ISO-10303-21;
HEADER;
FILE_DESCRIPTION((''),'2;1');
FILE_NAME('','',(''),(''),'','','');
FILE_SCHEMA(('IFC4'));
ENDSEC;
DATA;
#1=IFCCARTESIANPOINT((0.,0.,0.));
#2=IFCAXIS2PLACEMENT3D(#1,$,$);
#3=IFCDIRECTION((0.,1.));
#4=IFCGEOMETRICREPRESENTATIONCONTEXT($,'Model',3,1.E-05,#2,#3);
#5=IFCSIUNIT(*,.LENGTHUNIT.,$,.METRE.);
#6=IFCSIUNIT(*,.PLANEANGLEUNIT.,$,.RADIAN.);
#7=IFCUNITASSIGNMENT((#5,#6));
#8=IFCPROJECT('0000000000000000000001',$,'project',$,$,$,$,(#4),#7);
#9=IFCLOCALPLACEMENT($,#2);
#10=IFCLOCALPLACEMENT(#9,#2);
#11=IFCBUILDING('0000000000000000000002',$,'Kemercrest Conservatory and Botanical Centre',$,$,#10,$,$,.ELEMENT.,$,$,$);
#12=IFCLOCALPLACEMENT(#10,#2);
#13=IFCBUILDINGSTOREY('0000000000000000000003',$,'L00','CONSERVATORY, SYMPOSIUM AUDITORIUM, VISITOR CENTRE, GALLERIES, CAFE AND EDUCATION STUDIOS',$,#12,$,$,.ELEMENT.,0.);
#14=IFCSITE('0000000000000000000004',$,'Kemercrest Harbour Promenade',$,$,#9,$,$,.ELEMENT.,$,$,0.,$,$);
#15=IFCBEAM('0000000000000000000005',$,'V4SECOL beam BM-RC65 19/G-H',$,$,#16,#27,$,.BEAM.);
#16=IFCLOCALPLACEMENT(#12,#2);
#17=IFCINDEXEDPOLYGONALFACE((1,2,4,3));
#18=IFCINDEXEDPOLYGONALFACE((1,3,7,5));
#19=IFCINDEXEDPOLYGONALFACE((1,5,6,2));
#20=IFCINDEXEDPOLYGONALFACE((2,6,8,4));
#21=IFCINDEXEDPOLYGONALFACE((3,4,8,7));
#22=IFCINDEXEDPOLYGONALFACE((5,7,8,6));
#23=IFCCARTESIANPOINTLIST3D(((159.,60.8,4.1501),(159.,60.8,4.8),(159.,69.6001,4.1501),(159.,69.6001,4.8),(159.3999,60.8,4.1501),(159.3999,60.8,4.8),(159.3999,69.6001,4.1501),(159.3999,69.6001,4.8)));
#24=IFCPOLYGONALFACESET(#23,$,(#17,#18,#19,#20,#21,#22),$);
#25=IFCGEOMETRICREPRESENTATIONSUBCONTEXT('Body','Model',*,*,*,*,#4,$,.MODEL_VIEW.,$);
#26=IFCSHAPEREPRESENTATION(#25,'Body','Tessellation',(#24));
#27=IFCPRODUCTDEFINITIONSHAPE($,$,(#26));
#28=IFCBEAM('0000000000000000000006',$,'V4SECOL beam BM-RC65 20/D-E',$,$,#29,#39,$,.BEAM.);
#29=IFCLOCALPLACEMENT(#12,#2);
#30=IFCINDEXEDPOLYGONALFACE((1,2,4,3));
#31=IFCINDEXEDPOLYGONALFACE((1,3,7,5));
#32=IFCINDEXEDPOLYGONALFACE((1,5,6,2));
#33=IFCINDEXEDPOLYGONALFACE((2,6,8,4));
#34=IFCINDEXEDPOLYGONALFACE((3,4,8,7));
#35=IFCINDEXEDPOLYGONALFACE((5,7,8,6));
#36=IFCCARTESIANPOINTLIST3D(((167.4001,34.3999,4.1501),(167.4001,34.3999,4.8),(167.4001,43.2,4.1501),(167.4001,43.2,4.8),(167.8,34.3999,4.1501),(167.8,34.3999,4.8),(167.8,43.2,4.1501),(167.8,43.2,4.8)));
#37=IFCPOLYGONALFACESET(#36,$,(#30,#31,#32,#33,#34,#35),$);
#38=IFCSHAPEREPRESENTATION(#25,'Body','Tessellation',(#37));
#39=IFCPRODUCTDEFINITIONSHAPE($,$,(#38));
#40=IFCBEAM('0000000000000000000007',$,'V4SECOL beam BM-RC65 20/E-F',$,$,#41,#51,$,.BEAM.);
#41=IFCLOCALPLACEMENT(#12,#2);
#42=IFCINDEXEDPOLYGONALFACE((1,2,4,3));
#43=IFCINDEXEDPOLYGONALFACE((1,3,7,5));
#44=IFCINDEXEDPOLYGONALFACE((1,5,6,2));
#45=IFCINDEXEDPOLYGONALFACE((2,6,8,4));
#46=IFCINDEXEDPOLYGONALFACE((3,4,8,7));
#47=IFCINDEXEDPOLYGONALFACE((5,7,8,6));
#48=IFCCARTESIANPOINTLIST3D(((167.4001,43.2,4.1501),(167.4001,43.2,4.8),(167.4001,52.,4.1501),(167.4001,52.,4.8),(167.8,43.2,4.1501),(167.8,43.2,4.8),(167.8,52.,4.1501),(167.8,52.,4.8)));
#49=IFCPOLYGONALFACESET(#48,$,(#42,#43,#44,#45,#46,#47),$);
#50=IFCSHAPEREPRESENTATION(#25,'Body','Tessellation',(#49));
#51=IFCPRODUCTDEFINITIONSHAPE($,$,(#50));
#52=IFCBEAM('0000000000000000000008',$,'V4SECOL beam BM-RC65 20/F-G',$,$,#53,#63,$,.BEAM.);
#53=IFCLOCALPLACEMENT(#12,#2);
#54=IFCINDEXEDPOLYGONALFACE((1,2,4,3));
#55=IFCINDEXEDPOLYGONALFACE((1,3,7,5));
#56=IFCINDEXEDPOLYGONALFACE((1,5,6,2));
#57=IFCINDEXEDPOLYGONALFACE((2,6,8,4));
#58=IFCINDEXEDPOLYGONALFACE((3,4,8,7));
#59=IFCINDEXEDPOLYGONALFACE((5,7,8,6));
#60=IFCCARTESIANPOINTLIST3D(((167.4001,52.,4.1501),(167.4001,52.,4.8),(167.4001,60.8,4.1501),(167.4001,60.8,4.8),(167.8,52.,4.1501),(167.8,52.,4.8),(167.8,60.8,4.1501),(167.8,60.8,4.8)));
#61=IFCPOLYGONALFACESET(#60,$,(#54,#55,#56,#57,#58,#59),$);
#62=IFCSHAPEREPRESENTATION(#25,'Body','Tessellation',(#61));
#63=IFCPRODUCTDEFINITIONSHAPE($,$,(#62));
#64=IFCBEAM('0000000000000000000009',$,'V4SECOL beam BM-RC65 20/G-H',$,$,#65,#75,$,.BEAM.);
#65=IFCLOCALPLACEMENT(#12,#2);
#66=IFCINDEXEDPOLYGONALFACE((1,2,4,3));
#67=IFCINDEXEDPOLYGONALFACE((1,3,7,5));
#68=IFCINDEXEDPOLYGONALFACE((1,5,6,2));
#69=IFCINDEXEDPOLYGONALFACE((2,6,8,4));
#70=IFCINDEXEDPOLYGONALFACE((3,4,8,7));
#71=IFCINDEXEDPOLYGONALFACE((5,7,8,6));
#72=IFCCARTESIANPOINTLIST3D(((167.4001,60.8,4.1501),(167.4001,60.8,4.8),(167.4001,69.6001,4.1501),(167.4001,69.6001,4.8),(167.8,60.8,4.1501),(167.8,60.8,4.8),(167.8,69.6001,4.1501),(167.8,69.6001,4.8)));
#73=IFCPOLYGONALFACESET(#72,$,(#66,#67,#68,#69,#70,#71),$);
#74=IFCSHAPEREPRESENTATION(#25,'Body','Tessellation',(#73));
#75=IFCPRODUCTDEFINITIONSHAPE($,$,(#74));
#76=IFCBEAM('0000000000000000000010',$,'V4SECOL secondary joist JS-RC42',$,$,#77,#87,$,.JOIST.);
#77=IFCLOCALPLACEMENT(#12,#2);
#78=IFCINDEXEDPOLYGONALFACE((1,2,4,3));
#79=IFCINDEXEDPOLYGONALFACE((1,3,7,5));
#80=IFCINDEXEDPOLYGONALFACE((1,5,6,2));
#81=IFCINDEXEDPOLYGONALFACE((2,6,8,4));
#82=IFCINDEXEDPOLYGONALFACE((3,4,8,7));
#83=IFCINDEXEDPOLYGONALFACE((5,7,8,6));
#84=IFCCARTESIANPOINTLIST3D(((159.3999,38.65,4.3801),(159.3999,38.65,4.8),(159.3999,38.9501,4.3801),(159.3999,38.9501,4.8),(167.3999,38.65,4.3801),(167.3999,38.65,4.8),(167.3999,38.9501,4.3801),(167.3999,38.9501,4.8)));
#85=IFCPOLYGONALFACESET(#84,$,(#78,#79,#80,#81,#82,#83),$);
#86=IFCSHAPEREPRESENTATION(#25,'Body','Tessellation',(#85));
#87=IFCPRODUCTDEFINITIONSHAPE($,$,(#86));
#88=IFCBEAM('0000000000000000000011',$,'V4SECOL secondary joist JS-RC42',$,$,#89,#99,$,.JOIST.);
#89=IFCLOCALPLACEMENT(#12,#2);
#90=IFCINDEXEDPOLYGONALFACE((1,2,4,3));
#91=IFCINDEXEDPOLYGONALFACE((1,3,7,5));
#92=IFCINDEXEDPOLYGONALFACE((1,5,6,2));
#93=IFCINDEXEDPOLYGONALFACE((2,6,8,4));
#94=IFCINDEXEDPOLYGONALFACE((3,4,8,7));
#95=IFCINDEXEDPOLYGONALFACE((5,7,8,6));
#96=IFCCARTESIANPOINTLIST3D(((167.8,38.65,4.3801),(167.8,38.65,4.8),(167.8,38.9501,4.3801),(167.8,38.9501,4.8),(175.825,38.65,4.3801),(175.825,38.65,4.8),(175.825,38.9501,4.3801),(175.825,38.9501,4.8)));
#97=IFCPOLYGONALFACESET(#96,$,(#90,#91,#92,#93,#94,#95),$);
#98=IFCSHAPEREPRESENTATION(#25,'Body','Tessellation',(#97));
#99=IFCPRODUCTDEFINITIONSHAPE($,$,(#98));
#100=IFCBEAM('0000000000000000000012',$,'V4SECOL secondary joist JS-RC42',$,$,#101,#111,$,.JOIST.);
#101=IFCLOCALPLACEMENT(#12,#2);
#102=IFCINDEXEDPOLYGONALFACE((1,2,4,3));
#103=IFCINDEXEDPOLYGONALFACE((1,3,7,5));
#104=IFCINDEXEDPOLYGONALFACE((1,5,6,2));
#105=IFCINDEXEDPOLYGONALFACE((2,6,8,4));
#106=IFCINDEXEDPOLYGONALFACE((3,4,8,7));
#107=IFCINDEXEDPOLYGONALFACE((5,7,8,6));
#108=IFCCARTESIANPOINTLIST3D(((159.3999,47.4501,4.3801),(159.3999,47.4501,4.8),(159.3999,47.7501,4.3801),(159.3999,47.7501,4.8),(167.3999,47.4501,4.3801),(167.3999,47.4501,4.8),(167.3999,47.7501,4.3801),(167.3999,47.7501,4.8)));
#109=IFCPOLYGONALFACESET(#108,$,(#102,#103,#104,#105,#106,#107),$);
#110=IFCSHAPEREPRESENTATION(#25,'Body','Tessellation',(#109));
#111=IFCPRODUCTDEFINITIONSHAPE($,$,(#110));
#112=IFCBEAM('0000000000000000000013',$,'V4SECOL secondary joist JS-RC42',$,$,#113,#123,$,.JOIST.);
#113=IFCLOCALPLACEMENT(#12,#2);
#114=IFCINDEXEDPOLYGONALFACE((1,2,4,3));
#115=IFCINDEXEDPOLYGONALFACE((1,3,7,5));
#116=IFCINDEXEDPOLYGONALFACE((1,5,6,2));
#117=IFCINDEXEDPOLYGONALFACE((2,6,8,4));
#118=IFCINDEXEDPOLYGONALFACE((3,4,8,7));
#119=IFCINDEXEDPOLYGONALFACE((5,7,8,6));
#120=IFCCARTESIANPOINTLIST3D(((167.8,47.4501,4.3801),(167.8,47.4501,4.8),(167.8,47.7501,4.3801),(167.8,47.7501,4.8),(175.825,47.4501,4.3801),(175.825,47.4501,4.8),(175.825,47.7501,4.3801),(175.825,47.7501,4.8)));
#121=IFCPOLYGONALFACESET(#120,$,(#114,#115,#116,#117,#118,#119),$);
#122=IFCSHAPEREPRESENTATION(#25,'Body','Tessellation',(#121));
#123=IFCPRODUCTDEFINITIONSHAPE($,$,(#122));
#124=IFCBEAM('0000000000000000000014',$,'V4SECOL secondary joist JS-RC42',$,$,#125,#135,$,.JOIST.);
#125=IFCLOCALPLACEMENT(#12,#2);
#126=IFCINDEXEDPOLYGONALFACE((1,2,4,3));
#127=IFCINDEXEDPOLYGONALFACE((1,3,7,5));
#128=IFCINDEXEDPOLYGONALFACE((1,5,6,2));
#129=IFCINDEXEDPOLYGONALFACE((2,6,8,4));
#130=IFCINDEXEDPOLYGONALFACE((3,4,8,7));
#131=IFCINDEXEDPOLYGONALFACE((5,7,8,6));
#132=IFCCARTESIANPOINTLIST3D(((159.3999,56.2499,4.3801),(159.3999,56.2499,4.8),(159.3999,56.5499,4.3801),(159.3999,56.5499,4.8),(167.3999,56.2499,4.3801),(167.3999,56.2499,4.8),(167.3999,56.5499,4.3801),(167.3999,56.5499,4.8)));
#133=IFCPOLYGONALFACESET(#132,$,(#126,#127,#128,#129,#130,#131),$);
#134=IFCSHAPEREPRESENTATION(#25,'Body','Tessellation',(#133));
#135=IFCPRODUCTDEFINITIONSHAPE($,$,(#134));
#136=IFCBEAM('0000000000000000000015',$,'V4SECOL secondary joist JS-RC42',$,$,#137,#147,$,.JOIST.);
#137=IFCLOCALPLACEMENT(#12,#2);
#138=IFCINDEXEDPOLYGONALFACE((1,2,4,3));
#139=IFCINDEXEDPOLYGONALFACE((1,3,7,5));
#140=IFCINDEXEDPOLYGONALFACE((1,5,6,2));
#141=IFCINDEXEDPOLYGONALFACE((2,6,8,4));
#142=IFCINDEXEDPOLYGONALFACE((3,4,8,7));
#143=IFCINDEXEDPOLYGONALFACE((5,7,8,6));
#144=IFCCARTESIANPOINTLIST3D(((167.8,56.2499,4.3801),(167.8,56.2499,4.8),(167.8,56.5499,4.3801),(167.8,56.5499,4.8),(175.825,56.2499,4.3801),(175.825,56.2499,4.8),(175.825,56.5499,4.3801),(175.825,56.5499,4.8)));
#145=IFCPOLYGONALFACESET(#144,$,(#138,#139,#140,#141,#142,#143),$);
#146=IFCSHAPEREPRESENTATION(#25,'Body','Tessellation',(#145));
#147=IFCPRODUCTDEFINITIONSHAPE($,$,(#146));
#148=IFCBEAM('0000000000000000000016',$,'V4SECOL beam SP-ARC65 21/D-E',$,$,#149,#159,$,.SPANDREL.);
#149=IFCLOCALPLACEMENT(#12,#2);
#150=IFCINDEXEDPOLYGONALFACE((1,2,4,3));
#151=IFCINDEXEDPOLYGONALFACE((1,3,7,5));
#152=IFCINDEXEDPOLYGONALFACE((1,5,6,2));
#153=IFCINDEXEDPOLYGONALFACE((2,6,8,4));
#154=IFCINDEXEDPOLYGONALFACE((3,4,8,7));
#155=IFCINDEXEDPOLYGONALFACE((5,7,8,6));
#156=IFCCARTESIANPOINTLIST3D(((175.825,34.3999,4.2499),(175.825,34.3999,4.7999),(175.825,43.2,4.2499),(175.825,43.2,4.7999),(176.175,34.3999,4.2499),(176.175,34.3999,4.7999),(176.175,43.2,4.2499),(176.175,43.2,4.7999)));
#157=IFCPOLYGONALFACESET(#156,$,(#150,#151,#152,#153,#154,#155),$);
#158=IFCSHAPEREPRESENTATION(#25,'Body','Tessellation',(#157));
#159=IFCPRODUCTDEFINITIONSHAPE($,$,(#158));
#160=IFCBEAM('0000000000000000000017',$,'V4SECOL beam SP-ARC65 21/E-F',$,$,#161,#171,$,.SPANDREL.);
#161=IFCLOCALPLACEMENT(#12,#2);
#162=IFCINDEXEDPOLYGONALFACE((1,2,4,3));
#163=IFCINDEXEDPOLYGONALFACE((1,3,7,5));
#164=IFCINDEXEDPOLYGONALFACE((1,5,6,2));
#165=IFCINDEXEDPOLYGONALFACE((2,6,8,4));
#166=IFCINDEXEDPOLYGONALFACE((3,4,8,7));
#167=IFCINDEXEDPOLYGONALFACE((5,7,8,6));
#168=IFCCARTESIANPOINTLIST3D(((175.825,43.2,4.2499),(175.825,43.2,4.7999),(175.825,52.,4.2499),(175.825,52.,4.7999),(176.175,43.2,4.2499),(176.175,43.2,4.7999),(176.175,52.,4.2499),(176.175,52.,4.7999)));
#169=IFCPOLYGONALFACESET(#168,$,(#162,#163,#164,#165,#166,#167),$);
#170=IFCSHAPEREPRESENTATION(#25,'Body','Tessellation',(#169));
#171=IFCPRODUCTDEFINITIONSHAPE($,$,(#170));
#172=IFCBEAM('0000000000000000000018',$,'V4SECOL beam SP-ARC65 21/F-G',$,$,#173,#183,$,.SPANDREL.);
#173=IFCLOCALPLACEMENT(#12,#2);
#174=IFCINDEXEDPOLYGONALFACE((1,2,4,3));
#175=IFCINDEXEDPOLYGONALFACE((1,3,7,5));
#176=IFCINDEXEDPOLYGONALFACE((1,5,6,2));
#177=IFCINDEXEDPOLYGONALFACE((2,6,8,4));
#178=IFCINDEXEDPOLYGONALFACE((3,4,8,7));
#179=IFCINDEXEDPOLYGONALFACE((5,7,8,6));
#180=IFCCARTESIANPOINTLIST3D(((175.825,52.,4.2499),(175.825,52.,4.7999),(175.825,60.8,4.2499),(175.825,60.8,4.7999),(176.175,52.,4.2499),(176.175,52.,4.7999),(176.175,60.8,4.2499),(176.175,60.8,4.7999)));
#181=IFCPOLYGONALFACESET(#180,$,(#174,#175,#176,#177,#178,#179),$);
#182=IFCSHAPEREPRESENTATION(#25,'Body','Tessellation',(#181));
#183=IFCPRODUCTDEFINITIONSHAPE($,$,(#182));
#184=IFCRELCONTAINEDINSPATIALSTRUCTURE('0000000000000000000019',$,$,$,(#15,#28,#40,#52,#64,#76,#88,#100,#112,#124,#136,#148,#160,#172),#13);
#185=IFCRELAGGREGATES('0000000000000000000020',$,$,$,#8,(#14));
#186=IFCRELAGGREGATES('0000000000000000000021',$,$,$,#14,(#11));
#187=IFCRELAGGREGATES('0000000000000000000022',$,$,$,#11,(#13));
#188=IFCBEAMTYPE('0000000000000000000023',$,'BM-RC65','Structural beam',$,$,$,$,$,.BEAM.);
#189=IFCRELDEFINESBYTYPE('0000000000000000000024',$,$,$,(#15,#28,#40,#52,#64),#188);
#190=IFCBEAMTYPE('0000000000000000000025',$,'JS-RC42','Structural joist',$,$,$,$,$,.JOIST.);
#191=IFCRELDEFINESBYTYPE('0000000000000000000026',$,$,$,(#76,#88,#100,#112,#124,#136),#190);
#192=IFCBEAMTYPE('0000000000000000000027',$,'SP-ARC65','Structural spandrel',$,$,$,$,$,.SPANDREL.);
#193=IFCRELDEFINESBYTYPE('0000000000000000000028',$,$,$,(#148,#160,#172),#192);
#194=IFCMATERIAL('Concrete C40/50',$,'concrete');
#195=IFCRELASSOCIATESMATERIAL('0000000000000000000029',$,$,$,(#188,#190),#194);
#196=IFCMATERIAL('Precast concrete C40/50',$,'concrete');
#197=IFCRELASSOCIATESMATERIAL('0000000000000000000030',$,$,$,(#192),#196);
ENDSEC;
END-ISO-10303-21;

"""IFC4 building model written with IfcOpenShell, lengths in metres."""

from ifc_helpers import new_model, si_unit, direction, frame, origin, origin_2d, place, context, subcontext, project, spatial, rectangle, extrude, material, material_profile, profile_set, type_object, element, save


model = new_model("IFC4")

# Units and contexts
model_context = context("Model", 3, precision=1e-05, world=origin(), true_north=direction((0.0, 1.0)))
body_context = subcontext(model_context, "Body", "Model", "MODEL_VIEW")
ifc_project = project(units=[si_unit("LENGTHUNIT", "METRE"), si_unit("PLANEANGLEUNIT", "RADIAN")], contexts=[model_context])

# Site, building, storey
site_placement = place(None, origin())
site = spatial("IfcSite", under=ifc_project, at=site_placement, Name="Kemercrest Harbour Promenade", CompositionType="ELEMENT", RefElevation=0.0)
building_placement = place(site_placement, origin())
building = spatial("IfcBuilding", under=site, at=building_placement, Name="Kemercrest Conservatory and Botanical Centre", CompositionType="ELEMENT")
storey_placement = place(building_placement, origin())
storey = spatial("IfcBuildingStorey", under=building, at=storey_placement, Name="L00", Description="CONSERVATORY, SYMPOSIUM AUDITORIUM, VISITOR CENTRE, GALLERIES, CAFE AND EDUCATION STUDIOS", CompositionType="ELEMENT", Elevation=0.0)

# Shared definitions
ifc_material_1 = material(Name="Concrete C40/50", Category="concrete")
ifc_material_2 = material(Name="Precast concrete C40/50", Category="concrete")

# Beams
ifc_material_profile_1 = material_profile(ifc_material_1, rectangle(XDim=0.3999, YDim=0.6499, at=origin_2d()), Name="RC 400x650")
ifc_profile_set_1 = profile_set([ifc_material_profile_1], Name="Concrete C40/50")
beam_type_1 = type_object("IfcBeamType", Name="BM-RC65", Description="Structural beam", PredefinedType="BEAM", material=ifc_profile_set_1)
for number, where, z_axis, x_axis, name in (
    (1, (159.2, 60.8, 4.4751), (0.0, 1.0, 0.0), (-1.0, 0.0, 0.0), "V4SECOL beam BM-RC65 19/G-H"),
    (2, (167.6001, 34.3999, 4.4751), (0.0, 1.0, 0.0), (-1.0, 0.0, 0.0), "V4SECOL beam BM-RC65 20/D-E"),
    (3, (167.6001, 43.2, 4.4751), (0.0, 1.0, 0.0), (-1.0, 0.0, 0.0), "V4SECOL beam BM-RC65 20/E-F"),
    (4, (167.6001, 52.0, 4.4751), (0.0, 1.0, 0.0), (-1.0, 0.0, 0.0), "V4SECOL beam BM-RC65 20/F-G"),
    (5, (167.6001, 60.8, 4.4751), (0.0, 1.0, 0.0), (-1.0, 0.0, 0.0), "V4SECOL beam BM-RC65 20/G-H"),
):
    element("IfcBeam", number, at=place(storey_placement, frame(where, z_axis=z_axis, x_axis=x_axis)), inside=storey, type_object=beam_type_1, Name=name, PredefinedType="BEAM", context=body_context, shape_type="SweptSolid", body=[
        extrude(rectangle(XDim=0.3999, YDim=0.6499, at=origin_2d()), origin(), (0.0, 0.0, 1.0), 8.8),
    ])
ifc_material_profile_2 = material_profile(ifc_material_1, rectangle(XDim=0.3, YDim=0.4199, at=origin_2d()), Name="RC 300x420")
ifc_profile_set_2 = profile_set([ifc_material_profile_2], Name="Concrete C40/50")
beam_type_2 = type_object("IfcBeamType", Name="JS-RC42", Description="Structural joist", PredefinedType="JOIST", material=ifc_profile_set_2)
beam_1_placement = place(storey_placement, frame((159.3999, 38.8, 4.5901), z_axis=(1.0, 0.0, 0.0), x_axis=(0.0, 1.0, 0.0)))
element("IfcBeam", 6, at=beam_1_placement, inside=storey, type_object=beam_type_2, Name="V4SECOL secondary joist JS-RC42", PredefinedType="JOIST", context=body_context, shape_type="SweptSolid", body=[
    extrude(rectangle(XDim=0.3, YDim=0.4199, at=origin_2d()), origin(), (0.0, 0.0, 1.0), 8.0),
])
beam_2_placement = place(storey_placement, frame((167.8, 38.8, 4.5901), z_axis=(1.0, 0.0, 0.0), x_axis=(0.0, 1.0, 0.0)))
element("IfcBeam", 7, at=beam_2_placement, inside=storey, type_object=beam_type_2, Name="V4SECOL secondary joist JS-RC42", PredefinedType="JOIST", context=body_context, shape_type="SweptSolid", body=[
    extrude(rectangle(XDim=0.3, YDim=0.4199, at=origin_2d()), origin(), (0.0, 0.0, 1.0), 8.0249),
])
beam_3_placement = place(storey_placement, frame((159.3999, 47.6001, 4.5901), z_axis=(1.0, 0.0, 0.0), x_axis=(0.0, 1.0, 0.0)))
element("IfcBeam", 8, at=beam_3_placement, inside=storey, type_object=beam_type_2, Name="V4SECOL secondary joist JS-RC42", PredefinedType="JOIST", context=body_context, shape_type="SweptSolid", body=[
    extrude(rectangle(XDim=0.3, YDim=0.4199, at=origin_2d()), origin(), (0.0, 0.0, 1.0), 8.0),
])
beam_4_placement = place(storey_placement, frame((167.8, 47.6001, 4.5901), z_axis=(1.0, 0.0, 0.0), x_axis=(0.0, 1.0, 0.0)))
element("IfcBeam", 9, at=beam_4_placement, inside=storey, type_object=beam_type_2, Name="V4SECOL secondary joist JS-RC42", PredefinedType="JOIST", context=body_context, shape_type="SweptSolid", body=[
    extrude(rectangle(XDim=0.3, YDim=0.4199, at=origin_2d()), origin(), (0.0, 0.0, 1.0), 8.0249),
])
beam_5_placement = place(storey_placement, frame((159.3999, 56.3999, 4.5901), z_axis=(1.0, 0.0, 0.0), x_axis=(0.0, 1.0, 0.0)))
element("IfcBeam", 10, at=beam_5_placement, inside=storey, type_object=beam_type_2, Name="V4SECOL secondary joist JS-RC42", PredefinedType="JOIST", context=body_context, shape_type="SweptSolid", body=[
    extrude(rectangle(XDim=0.3, YDim=0.4199, at=origin_2d()), origin(), (0.0, 0.0, 1.0), 8.0),
])
beam_6_placement = place(storey_placement, frame((167.8, 56.3999, 4.5901), z_axis=(1.0, 0.0, 0.0), x_axis=(0.0, 1.0, 0.0)))
element("IfcBeam", 11, at=beam_6_placement, inside=storey, type_object=beam_type_2, Name="V4SECOL secondary joist JS-RC42", PredefinedType="JOIST", context=body_context, shape_type="SweptSolid", body=[
    extrude(rectangle(XDim=0.3, YDim=0.4199, at=origin_2d()), origin(), (0.0, 0.0, 1.0), 8.0249),
])
ifc_material_profile_3 = material_profile(ifc_material_2, rectangle(XDim=0.3501, YDim=0.55, at=origin_2d()), Name="RC 350x550")
ifc_profile_set_3 = profile_set([ifc_material_profile_3], Name="Precast concrete C40/50")
beam_type_3 = type_object("IfcBeamType", Name="SP-ARC65", Description="Structural spandrel", PredefinedType="SPANDREL", material=ifc_profile_set_3)
for number, where, z_axis, x_axis, name in (
    (12, (176.0, 34.3999, 4.5249), (0.0, 1.0, 0.0), (-1.0, 0.0, 0.0), "V4SECOL beam SP-ARC65 21/D-E"),
    (13, (176.0, 43.2, 4.5249), (0.0, 1.0, 0.0), (-1.0, 0.0, 0.0), "V4SECOL beam SP-ARC65 21/E-F"),
    (14, (176.0, 52.0, 4.5249), (0.0, 1.0, 0.0), (-1.0, 0.0, 0.0), "V4SECOL beam SP-ARC65 21/F-G"),
):
    element("IfcBeam", number, at=place(storey_placement, frame(where, z_axis=z_axis, x_axis=x_axis)), inside=storey, type_object=beam_type_3, Name=name, PredefinedType="SPANDREL", context=body_context, shape_type="SweptSolid", body=[
        extrude(rectangle(XDim=0.3501, YDim=0.55, at=origin_2d()), origin(), (0.0, 0.0, 1.0), 8.8),
    ])

save(model, "model.ifc")
